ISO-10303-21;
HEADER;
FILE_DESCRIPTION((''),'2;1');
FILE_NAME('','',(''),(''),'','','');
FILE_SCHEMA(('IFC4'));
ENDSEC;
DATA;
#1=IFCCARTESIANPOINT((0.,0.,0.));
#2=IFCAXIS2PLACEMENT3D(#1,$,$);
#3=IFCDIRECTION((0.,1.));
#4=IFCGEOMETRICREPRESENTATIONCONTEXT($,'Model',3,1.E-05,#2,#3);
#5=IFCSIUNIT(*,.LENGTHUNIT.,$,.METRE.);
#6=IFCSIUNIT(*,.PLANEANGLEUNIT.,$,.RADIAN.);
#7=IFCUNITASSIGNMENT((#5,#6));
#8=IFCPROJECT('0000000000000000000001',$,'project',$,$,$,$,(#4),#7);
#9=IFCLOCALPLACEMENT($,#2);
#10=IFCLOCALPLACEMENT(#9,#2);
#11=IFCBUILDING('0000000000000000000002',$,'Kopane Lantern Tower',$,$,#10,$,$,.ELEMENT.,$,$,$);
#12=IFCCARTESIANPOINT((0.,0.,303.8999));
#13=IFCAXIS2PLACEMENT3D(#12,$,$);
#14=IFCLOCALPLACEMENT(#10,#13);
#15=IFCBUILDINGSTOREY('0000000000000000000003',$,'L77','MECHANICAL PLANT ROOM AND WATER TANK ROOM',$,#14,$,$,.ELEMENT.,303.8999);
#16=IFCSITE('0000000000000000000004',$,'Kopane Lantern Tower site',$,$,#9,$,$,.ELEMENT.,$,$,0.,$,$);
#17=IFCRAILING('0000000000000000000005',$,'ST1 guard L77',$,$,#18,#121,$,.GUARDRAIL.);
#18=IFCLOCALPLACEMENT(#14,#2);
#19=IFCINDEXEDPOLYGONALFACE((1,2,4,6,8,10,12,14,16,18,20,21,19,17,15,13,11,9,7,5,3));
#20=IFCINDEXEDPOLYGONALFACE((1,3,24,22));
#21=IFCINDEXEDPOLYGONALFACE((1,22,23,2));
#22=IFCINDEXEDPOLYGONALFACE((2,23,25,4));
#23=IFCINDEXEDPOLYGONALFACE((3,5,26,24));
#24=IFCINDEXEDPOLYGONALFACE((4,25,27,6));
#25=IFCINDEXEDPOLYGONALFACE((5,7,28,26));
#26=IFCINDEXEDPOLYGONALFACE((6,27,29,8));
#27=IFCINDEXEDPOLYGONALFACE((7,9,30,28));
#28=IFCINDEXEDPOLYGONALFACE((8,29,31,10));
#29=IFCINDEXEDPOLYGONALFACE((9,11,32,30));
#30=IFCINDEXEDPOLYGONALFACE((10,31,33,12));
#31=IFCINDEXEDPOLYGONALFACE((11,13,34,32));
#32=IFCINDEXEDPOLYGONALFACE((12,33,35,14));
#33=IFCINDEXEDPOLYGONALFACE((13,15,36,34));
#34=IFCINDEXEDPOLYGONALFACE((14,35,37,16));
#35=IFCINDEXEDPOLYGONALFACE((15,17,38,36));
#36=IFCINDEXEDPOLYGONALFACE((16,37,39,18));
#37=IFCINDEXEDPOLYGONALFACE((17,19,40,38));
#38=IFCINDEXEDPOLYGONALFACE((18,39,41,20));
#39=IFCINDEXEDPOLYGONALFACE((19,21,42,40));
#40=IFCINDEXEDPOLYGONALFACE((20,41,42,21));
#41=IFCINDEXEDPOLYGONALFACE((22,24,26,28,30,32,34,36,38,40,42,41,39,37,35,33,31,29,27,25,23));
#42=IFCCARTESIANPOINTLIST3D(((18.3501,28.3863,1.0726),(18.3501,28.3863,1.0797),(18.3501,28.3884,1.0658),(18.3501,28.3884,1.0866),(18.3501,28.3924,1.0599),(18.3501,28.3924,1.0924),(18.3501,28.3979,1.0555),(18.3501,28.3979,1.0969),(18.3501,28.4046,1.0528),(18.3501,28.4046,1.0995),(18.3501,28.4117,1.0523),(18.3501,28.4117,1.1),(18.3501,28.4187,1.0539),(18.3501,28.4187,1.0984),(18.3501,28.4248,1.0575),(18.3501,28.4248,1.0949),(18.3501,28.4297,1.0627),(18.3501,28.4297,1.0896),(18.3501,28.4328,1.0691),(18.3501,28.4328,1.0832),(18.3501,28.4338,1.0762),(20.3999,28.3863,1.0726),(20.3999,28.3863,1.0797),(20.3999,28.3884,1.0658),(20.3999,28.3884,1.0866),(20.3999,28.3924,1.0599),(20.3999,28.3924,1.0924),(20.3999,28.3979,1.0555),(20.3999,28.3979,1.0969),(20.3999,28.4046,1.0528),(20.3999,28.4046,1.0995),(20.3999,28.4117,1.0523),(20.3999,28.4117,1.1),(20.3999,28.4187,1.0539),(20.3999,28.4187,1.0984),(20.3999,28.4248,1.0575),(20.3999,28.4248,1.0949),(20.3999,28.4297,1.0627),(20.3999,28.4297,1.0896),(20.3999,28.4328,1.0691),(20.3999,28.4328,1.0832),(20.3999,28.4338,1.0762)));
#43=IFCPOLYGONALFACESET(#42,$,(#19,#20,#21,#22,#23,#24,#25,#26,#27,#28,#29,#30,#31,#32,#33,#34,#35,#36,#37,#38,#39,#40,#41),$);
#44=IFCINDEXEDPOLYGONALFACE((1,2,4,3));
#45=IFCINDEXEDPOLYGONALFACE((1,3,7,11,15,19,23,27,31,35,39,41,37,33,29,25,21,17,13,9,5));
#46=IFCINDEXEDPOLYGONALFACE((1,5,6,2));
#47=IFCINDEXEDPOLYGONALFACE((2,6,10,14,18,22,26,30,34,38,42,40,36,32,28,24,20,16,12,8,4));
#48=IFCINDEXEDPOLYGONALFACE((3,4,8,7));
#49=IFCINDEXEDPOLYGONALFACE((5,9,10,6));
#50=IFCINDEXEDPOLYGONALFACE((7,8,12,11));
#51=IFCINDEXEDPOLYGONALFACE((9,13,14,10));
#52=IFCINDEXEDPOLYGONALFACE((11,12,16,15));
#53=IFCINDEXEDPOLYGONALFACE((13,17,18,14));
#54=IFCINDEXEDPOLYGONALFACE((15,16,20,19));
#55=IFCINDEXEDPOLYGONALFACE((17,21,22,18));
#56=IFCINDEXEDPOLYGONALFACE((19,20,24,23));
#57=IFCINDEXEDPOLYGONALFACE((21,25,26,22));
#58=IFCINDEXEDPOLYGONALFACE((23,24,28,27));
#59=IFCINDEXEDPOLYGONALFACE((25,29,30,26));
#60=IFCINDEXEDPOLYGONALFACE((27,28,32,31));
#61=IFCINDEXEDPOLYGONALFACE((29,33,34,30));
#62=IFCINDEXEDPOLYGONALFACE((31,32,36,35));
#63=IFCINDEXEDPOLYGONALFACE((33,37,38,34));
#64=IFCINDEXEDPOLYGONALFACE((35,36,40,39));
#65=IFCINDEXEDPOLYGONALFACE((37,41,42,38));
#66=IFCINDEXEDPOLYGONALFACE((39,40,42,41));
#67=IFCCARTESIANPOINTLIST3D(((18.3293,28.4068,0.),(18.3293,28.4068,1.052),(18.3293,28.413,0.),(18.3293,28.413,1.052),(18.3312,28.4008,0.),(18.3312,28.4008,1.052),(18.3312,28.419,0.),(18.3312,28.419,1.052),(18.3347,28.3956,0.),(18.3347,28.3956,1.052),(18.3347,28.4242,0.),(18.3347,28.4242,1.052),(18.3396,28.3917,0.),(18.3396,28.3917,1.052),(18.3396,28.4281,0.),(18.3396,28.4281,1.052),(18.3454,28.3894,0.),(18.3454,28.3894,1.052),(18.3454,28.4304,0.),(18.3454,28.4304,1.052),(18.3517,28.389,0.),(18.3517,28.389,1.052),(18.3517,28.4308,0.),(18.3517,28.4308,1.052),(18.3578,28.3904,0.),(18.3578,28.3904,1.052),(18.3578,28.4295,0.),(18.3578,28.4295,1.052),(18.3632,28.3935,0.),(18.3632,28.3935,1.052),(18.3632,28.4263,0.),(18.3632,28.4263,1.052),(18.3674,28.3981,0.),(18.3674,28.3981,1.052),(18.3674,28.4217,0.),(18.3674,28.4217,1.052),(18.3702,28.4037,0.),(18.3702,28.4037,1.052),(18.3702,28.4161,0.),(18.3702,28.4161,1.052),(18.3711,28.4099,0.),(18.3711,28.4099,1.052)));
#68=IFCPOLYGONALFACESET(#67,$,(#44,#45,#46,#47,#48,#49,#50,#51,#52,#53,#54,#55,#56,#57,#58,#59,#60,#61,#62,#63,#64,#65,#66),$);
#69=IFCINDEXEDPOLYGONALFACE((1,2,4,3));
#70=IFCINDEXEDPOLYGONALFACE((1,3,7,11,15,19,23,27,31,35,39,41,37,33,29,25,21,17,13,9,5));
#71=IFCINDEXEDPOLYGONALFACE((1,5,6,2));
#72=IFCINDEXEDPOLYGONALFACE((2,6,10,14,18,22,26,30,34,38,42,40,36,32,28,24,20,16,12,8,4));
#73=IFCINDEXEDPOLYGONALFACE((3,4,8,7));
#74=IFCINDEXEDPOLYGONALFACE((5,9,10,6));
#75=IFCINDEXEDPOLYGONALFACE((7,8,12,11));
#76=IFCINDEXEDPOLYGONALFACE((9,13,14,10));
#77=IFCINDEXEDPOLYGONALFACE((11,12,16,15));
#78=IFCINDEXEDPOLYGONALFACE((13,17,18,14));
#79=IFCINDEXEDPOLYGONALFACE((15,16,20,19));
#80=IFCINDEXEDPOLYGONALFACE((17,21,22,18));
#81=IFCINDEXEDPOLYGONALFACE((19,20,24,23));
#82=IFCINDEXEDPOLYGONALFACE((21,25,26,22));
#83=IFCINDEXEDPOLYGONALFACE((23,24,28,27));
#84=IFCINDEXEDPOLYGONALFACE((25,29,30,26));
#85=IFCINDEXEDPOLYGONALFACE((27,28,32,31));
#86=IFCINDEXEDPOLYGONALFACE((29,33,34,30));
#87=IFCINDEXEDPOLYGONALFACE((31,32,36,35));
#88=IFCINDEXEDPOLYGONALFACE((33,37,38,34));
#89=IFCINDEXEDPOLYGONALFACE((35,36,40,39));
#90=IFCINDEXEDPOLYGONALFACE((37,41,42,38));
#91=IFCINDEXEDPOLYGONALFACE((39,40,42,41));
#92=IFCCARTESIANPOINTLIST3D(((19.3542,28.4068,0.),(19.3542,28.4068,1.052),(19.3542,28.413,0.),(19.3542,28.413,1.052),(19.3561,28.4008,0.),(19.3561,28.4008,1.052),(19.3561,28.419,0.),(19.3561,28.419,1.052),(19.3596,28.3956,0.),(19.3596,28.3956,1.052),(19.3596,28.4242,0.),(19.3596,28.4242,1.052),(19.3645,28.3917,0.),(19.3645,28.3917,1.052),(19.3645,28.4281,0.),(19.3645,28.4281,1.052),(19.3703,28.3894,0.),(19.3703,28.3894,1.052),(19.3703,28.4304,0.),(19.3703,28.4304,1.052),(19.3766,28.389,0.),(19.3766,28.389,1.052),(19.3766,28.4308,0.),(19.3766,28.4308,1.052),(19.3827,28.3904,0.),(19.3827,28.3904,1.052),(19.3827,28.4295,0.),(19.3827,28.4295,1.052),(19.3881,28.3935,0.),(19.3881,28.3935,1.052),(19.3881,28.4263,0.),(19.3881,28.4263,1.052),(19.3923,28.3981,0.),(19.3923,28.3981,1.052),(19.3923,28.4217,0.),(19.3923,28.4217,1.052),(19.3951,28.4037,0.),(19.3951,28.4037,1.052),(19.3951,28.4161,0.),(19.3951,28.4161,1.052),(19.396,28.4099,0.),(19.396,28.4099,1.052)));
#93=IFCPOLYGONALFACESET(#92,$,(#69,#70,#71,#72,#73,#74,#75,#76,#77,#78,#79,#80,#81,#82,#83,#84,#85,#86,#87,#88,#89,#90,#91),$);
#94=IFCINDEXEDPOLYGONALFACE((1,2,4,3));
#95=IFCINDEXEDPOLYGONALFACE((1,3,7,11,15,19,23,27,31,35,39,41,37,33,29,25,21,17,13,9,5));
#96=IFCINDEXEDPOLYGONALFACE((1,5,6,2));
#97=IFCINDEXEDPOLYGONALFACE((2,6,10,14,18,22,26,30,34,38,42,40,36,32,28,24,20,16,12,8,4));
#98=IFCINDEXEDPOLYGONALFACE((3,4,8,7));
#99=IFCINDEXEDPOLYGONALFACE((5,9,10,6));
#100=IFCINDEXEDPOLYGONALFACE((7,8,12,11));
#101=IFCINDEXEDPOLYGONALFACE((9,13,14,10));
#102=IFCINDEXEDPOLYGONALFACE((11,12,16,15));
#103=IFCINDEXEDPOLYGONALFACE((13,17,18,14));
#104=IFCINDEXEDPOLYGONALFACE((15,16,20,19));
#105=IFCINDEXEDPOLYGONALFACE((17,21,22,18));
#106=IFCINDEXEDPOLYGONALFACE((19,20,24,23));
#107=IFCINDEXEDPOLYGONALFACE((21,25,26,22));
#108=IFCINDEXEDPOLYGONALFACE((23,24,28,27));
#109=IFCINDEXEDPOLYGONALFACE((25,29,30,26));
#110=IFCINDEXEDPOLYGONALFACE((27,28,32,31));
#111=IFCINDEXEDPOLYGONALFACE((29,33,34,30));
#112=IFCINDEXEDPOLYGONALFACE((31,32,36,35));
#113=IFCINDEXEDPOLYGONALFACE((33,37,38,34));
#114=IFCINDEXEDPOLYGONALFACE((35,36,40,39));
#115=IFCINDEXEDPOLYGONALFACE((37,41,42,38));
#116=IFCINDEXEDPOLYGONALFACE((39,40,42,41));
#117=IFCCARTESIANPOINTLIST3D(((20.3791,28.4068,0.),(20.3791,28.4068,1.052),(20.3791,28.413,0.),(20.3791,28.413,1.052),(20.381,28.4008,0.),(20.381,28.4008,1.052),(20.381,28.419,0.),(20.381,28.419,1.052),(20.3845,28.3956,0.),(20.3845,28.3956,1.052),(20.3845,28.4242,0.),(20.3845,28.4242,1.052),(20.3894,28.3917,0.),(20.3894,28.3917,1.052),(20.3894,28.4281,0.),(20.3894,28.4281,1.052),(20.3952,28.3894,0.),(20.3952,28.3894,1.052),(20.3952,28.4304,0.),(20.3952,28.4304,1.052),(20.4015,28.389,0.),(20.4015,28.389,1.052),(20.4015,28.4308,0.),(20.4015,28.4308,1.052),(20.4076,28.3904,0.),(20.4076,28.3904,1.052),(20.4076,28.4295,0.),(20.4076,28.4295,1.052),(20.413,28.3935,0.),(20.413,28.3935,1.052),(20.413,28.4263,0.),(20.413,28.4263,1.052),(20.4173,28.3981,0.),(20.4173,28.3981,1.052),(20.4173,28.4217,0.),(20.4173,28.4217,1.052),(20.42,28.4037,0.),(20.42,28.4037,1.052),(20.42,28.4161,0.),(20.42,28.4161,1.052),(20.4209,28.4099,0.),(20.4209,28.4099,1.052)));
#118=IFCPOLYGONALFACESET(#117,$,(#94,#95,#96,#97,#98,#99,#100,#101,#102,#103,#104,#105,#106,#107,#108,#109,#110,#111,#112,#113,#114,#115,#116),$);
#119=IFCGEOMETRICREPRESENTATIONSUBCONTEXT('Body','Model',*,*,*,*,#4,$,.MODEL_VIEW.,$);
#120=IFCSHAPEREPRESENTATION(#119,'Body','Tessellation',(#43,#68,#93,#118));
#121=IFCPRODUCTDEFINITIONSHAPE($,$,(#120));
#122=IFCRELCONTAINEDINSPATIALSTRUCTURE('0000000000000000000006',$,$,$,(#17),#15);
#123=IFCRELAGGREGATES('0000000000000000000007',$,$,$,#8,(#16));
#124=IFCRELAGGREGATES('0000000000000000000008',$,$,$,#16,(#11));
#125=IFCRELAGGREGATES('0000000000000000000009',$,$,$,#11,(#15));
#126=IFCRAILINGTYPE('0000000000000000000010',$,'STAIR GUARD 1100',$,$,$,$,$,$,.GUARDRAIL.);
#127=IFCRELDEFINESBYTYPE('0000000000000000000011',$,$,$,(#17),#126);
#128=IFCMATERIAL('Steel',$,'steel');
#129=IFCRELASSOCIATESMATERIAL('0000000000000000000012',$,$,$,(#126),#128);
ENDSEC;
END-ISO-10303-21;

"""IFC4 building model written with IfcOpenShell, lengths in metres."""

from ifc_helpers import new_model, si_unit, direction, frame, origin, origin_2d, place, context, subcontext, project, spatial, circle, extrude, material, type_object, element, save


model = new_model("IFC4")

# Units and contexts
model_context = context("Model", 3, precision=1e-05, world=origin(), true_north=direction((0.0, 1.0)))
body_context = subcontext(model_context, "Body", "Model", "MODEL_VIEW")
ifc_project = project(units=[si_unit("LENGTHUNIT", "METRE"), si_unit("PLANEANGLEUNIT", "RADIAN")], contexts=[model_context])

# Site, building, storey
site_placement = place(None, origin())
site = spatial("IfcSite", under=ifc_project, at=site_placement, Name="Kopane Lantern Tower site", CompositionType="ELEMENT", RefElevation=0.0)
building_placement = place(site_placement, origin())
building = spatial("IfcBuilding", under=site, at=building_placement, Name="Kopane Lantern Tower", CompositionType="ELEMENT")
storey_placement = place(building_placement, frame((0.0, 0.0, 303.8999)))
storey = spatial("IfcBuildingStorey", under=building, at=storey_placement, Name="L77", Description="MECHANICAL PLANT ROOM AND WATER TANK ROOM", CompositionType="ELEMENT", Elevation=303.8999)

# Railing
ifc_material_1 = material(Name="Steel", Category="steel")
railing_type = type_object("IfcRailingType", Name="STAIR GUARD 1100", PredefinedType="GUARDRAIL", material=ifc_material_1)
railing_placement = place(storey_placement, frame((18.3501, 28.4099, 0.0)))
element("IfcRailing", 1, at=railing_placement, inside=storey, type_object=railing_type, Name="ST1 guard L77", PredefinedType="GUARDRAIL", context=body_context, shape_type="SweptSolid", body=[
    extrude(circle(Radius=0.0239, at=origin_2d()), frame((0.0, 0.0, 1.0762), z_axis=(1.0, 0.0, 0.0), x_axis=(0.0, 1.0, 0.0)), (0.0, 0.0, 1.0), 2.0498),
    extrude(circle(Radius=0.021, at=origin_2d()), origin(), (0.0, 0.0, 1.0), 1.052),
    extrude(circle(Radius=0.021, at=origin_2d()), frame((1.0249, 0.0, 0.0)), (0.0, 0.0, 1.0), 1.052),
    extrude(circle(Radius=0.021, at=origin_2d()), frame((2.0498, 0.0, 0.0)), (0.0, 0.0, 1.0), 1.052),
])

save(model, "model.ifc")
